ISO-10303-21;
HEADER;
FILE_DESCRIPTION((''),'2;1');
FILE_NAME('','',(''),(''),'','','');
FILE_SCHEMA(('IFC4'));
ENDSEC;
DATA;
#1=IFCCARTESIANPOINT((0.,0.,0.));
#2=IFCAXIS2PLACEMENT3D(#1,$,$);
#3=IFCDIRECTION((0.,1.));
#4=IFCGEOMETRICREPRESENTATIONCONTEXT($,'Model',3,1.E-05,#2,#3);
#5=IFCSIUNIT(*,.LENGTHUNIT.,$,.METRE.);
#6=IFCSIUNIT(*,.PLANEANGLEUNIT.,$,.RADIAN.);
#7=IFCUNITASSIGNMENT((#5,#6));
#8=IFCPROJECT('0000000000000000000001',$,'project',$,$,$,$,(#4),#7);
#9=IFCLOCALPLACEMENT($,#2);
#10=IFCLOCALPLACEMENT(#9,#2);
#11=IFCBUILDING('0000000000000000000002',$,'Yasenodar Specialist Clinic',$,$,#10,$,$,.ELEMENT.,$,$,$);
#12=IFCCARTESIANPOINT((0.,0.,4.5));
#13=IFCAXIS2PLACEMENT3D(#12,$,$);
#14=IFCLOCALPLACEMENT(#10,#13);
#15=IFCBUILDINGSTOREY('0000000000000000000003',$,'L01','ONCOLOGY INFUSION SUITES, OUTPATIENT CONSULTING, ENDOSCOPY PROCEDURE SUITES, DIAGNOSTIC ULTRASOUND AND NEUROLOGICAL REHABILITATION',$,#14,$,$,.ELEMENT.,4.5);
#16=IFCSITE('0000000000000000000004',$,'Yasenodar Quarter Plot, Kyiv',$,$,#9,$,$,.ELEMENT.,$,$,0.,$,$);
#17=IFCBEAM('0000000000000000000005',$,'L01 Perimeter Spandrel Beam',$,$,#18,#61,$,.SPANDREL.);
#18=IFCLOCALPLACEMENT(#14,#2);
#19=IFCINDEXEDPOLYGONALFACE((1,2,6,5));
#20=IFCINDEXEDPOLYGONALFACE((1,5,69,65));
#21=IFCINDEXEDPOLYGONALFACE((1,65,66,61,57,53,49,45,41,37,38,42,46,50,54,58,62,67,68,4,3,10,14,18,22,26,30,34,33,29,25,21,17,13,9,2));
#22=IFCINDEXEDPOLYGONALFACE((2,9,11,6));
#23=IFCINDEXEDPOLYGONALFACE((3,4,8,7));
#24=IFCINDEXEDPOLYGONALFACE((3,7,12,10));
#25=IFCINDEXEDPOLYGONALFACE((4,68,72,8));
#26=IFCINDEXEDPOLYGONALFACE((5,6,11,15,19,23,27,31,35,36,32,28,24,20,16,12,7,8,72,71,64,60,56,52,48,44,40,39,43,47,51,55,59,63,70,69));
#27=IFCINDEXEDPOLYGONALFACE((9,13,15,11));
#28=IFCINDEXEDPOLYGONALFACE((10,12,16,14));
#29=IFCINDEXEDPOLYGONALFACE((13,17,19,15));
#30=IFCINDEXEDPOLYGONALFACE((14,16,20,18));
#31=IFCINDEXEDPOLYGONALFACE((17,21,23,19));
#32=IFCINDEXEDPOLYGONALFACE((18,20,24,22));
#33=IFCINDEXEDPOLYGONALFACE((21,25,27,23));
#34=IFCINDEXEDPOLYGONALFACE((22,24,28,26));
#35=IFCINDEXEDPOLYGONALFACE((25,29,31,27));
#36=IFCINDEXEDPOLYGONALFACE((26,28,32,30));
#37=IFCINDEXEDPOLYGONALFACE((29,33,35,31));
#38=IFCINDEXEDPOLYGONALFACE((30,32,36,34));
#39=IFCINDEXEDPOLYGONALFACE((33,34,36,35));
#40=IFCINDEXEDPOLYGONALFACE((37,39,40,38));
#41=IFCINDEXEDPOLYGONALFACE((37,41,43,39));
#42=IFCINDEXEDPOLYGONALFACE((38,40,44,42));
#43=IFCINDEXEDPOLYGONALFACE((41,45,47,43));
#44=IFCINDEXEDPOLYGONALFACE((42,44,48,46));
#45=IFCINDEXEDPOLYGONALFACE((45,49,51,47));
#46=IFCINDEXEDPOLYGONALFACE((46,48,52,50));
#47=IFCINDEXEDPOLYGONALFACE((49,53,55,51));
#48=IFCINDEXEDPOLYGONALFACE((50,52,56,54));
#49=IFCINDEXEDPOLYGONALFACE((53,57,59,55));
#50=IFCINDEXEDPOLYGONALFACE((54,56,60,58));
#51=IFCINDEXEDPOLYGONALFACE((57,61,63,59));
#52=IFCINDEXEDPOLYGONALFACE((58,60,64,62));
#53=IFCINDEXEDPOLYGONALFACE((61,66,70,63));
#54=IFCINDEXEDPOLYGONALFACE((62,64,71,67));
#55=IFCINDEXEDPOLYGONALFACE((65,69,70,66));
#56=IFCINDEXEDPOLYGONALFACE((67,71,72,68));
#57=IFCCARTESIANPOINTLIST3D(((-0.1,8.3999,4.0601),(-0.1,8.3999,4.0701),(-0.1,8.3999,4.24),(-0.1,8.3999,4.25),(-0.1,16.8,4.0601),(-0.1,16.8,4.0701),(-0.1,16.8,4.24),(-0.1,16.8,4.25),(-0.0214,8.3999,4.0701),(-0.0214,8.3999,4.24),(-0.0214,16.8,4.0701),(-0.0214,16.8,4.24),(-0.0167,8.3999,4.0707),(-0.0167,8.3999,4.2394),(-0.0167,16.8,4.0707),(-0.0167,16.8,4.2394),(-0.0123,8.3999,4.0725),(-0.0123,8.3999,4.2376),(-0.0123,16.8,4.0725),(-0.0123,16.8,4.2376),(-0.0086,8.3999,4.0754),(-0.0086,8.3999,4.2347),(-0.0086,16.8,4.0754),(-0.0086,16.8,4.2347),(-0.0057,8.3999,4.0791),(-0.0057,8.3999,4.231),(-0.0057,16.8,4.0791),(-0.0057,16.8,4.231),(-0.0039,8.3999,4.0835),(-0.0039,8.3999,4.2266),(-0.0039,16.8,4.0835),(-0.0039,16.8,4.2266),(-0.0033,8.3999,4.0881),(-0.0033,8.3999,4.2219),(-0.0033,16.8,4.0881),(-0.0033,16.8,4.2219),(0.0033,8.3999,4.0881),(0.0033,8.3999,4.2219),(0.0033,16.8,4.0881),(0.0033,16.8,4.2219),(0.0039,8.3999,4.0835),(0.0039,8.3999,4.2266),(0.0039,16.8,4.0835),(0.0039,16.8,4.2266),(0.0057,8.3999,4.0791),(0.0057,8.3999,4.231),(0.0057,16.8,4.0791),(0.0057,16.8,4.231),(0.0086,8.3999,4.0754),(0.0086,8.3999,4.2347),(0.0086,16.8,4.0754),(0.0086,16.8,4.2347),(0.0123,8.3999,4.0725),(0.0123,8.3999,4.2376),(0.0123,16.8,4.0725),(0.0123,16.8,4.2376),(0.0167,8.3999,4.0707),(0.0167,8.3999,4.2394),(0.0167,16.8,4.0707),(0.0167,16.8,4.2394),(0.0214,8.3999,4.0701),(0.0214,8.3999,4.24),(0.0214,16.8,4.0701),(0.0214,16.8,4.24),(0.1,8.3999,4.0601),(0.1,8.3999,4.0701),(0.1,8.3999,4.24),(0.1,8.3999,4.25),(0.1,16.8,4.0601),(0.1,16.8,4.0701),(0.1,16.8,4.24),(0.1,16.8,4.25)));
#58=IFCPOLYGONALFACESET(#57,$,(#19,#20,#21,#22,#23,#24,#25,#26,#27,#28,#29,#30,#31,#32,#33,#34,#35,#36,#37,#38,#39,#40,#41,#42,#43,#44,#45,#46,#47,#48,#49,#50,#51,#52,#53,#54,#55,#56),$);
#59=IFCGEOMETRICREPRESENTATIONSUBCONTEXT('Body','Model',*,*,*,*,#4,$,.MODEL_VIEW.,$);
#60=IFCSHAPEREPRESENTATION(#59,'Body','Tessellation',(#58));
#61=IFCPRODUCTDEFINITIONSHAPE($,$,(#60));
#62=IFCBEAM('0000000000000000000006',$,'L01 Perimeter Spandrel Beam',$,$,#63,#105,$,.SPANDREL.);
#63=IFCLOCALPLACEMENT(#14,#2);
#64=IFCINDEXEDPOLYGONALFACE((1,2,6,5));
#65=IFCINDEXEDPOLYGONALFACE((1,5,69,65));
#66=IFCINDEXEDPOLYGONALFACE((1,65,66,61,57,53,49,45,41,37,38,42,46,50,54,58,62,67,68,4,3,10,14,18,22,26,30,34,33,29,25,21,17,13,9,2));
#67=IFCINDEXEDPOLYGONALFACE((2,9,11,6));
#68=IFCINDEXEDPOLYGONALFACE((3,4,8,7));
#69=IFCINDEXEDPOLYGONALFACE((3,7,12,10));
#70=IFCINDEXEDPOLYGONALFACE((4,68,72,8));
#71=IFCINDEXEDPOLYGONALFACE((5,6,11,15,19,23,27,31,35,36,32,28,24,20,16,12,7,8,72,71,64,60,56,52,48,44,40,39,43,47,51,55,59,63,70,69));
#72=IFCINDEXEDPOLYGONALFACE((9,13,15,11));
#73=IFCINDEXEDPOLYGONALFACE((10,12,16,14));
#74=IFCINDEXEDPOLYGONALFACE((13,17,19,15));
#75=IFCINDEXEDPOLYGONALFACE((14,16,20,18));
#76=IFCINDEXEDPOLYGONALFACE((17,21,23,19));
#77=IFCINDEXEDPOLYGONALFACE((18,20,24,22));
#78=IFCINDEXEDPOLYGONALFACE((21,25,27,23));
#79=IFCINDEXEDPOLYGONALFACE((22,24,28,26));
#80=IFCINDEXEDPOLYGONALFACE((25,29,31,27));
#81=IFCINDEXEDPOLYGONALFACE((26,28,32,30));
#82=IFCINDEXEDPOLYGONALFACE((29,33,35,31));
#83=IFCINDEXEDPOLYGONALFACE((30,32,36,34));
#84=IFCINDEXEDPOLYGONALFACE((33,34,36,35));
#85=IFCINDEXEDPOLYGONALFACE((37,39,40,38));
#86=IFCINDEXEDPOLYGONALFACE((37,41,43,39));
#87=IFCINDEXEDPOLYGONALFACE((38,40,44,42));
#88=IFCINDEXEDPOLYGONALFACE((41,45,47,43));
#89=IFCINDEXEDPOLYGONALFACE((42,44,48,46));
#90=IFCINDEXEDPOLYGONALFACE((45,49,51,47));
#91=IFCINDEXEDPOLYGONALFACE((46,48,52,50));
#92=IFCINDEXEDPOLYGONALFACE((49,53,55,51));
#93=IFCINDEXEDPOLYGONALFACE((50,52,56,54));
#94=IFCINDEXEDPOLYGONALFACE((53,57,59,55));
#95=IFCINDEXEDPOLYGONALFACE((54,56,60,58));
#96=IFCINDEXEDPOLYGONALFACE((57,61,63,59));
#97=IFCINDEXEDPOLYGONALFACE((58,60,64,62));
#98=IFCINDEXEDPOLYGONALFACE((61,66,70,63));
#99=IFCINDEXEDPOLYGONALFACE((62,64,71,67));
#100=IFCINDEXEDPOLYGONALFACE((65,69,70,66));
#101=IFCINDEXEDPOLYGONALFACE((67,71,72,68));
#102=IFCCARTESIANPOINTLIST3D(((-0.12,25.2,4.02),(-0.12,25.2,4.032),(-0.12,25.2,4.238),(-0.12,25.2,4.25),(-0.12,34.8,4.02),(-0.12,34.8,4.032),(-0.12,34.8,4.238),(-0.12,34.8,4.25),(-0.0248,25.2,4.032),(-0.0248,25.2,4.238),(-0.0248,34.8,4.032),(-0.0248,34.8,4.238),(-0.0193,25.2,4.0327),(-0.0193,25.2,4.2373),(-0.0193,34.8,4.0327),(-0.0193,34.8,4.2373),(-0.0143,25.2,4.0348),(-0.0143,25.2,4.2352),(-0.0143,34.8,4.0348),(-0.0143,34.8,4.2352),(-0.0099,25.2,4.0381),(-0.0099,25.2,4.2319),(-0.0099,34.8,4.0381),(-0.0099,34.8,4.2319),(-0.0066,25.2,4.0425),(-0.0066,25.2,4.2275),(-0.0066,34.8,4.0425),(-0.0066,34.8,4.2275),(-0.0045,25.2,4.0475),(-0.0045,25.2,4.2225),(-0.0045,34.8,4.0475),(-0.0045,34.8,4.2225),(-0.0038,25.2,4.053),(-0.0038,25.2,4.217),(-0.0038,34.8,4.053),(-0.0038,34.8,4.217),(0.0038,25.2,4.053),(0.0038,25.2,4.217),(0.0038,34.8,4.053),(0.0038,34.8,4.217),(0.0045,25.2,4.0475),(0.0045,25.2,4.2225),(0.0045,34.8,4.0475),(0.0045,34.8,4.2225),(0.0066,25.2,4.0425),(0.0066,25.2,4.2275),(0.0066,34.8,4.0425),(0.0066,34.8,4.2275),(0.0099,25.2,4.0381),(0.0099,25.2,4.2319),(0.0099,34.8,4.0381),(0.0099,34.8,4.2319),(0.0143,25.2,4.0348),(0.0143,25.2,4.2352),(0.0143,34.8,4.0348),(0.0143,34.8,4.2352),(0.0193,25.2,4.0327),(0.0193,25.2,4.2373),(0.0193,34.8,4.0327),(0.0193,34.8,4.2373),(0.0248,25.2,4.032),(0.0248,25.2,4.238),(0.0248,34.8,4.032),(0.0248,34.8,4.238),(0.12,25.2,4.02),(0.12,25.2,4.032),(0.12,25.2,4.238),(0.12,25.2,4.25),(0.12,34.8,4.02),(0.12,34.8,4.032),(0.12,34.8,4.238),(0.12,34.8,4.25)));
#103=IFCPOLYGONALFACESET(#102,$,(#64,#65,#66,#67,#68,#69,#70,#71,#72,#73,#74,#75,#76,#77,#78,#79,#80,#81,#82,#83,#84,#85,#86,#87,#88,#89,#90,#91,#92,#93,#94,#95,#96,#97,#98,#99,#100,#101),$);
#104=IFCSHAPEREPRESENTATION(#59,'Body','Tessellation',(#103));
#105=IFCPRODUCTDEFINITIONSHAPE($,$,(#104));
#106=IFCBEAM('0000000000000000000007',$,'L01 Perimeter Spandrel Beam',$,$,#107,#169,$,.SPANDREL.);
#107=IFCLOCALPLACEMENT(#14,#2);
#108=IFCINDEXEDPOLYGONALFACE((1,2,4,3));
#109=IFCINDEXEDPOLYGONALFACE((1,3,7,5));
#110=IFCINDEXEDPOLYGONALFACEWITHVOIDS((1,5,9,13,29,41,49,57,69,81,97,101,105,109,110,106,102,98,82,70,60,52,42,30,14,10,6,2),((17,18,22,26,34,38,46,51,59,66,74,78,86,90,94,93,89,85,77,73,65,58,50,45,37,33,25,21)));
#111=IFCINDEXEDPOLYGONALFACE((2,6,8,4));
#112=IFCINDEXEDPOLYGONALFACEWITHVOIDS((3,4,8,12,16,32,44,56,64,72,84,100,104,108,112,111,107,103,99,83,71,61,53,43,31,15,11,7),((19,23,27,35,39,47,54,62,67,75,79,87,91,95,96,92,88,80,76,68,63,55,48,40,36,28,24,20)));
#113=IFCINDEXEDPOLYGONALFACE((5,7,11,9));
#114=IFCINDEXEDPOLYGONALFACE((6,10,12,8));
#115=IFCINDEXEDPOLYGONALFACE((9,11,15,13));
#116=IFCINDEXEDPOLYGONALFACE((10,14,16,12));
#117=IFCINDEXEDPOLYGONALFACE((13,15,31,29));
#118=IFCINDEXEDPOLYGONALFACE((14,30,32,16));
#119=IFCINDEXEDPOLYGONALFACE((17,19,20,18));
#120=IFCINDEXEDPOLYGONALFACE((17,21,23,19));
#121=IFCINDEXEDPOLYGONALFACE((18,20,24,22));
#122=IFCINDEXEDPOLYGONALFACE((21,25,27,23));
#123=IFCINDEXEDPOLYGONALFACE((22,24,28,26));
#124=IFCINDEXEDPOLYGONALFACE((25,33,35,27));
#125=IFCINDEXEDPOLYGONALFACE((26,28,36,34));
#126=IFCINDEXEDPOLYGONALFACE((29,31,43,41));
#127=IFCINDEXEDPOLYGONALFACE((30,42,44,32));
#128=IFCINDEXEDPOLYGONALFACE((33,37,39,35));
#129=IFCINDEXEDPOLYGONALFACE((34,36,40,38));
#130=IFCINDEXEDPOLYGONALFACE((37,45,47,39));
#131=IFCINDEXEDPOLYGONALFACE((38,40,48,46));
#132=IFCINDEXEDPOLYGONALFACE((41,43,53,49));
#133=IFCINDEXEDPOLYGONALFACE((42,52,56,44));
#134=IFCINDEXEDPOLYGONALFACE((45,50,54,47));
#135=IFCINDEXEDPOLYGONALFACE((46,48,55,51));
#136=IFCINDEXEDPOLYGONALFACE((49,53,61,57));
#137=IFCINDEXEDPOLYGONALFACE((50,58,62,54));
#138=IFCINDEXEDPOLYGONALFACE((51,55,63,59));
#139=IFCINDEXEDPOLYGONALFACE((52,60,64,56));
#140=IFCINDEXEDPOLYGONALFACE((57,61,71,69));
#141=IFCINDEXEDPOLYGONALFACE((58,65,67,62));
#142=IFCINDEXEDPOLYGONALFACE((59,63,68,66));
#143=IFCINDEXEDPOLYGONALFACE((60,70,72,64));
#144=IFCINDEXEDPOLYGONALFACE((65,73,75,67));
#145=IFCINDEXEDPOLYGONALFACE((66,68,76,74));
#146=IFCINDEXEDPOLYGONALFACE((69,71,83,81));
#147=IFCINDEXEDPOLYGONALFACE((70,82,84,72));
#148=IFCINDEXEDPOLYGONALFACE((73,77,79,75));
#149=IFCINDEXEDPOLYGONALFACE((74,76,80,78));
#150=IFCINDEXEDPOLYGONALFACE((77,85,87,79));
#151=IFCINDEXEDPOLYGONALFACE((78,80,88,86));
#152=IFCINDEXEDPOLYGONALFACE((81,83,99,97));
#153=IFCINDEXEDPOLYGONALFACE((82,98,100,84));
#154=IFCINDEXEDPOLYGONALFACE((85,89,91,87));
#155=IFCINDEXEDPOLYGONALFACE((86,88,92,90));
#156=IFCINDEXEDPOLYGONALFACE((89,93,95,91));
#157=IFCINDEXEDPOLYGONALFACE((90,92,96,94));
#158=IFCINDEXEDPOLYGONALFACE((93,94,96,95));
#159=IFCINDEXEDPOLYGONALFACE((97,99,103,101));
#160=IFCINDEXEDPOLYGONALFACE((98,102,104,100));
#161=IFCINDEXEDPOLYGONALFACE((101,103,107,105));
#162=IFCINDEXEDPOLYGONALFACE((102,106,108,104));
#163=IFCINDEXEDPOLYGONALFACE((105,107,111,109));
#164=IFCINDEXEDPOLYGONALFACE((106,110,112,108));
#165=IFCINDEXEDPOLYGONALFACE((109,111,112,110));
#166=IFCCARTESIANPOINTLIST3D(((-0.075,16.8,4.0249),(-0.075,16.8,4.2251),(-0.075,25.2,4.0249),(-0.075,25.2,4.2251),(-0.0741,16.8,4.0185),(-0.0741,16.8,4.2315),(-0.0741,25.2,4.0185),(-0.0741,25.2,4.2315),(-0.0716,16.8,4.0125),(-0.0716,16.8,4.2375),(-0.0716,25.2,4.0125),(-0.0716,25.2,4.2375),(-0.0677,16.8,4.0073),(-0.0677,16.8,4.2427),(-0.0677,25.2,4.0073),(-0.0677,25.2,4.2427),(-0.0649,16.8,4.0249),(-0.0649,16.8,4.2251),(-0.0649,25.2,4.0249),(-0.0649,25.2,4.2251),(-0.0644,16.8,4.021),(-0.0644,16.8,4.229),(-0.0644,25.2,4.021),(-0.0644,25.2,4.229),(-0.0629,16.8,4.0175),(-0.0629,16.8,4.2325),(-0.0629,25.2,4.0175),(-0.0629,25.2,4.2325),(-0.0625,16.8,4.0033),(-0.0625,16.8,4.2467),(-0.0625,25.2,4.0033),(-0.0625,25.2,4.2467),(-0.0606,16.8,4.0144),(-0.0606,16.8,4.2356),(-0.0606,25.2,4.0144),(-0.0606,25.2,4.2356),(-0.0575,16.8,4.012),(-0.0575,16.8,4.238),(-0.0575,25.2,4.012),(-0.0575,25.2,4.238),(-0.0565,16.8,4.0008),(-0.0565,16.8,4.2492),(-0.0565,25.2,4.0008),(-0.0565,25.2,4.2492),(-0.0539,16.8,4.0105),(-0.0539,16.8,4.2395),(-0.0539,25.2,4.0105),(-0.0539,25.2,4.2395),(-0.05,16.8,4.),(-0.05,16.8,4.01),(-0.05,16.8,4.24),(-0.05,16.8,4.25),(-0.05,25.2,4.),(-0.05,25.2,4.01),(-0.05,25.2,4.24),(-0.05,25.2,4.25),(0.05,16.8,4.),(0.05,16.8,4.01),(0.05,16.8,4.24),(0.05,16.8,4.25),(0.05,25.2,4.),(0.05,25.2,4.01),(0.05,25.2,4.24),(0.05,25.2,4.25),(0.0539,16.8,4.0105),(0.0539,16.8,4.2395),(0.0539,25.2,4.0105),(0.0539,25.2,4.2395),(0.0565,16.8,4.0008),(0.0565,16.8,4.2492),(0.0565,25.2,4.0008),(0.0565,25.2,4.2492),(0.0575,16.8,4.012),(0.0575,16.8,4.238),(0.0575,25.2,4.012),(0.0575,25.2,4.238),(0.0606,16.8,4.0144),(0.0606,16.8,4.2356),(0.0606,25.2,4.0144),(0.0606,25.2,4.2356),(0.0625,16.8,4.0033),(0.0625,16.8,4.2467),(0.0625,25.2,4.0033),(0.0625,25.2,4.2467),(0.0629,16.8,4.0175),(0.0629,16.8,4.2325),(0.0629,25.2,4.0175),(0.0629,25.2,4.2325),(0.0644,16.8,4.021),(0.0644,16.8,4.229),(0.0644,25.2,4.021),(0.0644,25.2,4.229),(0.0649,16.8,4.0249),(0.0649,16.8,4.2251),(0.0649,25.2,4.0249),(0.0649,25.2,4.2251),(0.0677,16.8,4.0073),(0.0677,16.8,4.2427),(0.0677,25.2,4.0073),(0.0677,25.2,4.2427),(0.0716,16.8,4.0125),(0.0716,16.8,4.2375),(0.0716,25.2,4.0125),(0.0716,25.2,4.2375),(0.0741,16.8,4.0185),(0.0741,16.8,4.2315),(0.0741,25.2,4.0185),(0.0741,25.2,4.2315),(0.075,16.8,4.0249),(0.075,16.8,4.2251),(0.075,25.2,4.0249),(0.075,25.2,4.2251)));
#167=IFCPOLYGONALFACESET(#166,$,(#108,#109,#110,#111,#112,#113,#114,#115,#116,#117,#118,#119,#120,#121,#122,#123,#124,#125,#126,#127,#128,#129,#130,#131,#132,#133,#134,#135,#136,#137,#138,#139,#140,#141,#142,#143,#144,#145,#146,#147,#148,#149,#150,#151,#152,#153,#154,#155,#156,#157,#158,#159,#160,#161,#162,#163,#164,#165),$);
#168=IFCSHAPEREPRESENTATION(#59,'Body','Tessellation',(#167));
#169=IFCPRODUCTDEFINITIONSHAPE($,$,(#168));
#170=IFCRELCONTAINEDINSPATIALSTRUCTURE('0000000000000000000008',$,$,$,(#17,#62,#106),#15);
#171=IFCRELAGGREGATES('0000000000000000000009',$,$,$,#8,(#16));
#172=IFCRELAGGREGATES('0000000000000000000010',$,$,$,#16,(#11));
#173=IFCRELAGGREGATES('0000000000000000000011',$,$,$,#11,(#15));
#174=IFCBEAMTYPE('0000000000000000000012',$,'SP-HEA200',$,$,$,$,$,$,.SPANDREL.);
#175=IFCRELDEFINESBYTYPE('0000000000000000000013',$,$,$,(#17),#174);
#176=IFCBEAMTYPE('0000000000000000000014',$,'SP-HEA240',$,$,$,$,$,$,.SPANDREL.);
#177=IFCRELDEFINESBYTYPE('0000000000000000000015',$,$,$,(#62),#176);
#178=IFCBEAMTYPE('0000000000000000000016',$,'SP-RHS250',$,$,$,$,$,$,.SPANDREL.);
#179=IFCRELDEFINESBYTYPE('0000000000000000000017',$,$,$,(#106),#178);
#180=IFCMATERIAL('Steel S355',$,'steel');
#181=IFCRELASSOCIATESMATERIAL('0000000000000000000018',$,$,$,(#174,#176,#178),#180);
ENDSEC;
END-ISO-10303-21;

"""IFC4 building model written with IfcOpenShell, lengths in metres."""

from ifc_helpers import new_model, si_unit, direction, frame, origin, origin_2d, place, context, subcontext, project, spatial, hollow_rectangle, i_section, extrude, material, material_profile, profile_set, type_object, element, save


model = new_model("IFC4")

# Units and contexts
model_context = context("Model", 3, precision=1e-05, world=origin(), true_north=direction((0.0, 1.0)))
body_context = subcontext(model_context, "Body", "Model", "MODEL_VIEW")
ifc_project = project(units=[si_unit("LENGTHUNIT", "METRE"), si_unit("PLANEANGLEUNIT", "RADIAN")], contexts=[model_context])

# Site, building, storey
site_placement = place(None, origin())
site = spatial("IfcSite", under=ifc_project, at=site_placement, Name="Yasenodar Quarter Plot, Kyiv", CompositionType="ELEMENT", RefElevation=0.0)
building_placement = place(site_placement, origin())
building = spatial("IfcBuilding", under=site, at=building_placement, Name="Yasenodar Specialist Clinic", CompositionType="ELEMENT")
storey_placement = place(building_placement, frame((0.0, 0.0, 4.5)))
storey = spatial("IfcBuildingStorey", under=building, at=storey_placement, Name="L01", Description="ONCOLOGY INFUSION SUITES, OUTPATIENT CONSULTING, ENDOSCOPY PROCEDURE SUITES, DIAGNOSTIC ULTRASOUND AND NEUROLOGICAL REHABILITATION", CompositionType="ELEMENT", Elevation=4.5)

# Shared definitions
ifc_material_1 = material(Name="Steel S355", Category="steel")

# Beams
ifc_material_profile_1 = material_profile(ifc_material_1, i_section(OverallWidth=0.2, OverallDepth=0.1899, WebThickness=0.0066, FlangeThickness=0.01, FilletRadius=0.0181, at=origin_2d()), Name="HEA 200")
ifc_profile_set_1 = profile_set([ifc_material_profile_1], Name="Steel S355")
beam_type_1 = type_object("IfcBeamType", Name="SP-HEA200", PredefinedType="SPANDREL", material=ifc_profile_set_1)
beam_1_placement = place(storey_placement, frame((0.0, 8.3999, 4.155), z_axis=(0.0, 1.0, 0.0), x_axis=(-1.0, 0.0, 0.0)))
element("IfcBeam", 1, at=beam_1_placement, inside=storey, type_object=beam_type_1, Name="L01 Perimeter Spandrel Beam", PredefinedType="SPANDREL", context=body_context, shape_type="SweptSolid", body=[
    extrude(i_section(OverallWidth=0.2, OverallDepth=0.1899, WebThickness=0.0066, FlangeThickness=0.01, FilletRadius=0.0181, at=origin_2d()), origin(), (0.0, 0.0, 1.0), 8.4001),
])
ifc_material_profile_2 = material_profile(ifc_material_1, i_section(OverallWidth=0.24, OverallDepth=0.23, WebThickness=0.0076, FlangeThickness=0.012, FilletRadius=0.021, at=origin_2d()), Name="HEA 240")
ifc_profile_set_2 = profile_set([ifc_material_profile_2], Name="Steel S355")
beam_type_2 = type_object("IfcBeamType", Name="SP-HEA240", PredefinedType="SPANDREL", material=ifc_profile_set_2)
beam_2_placement = place(storey_placement, frame((0.0, 25.2, 4.135), z_axis=(0.0, 1.0, 0.0), x_axis=(-1.0, 0.0, 0.0)))
element("IfcBeam", 2, at=beam_2_placement, inside=storey, type_object=beam_type_2, Name="L01 Perimeter Spandrel Beam", PredefinedType="SPANDREL", context=body_context, shape_type="SweptSolid", body=[
    extrude(i_section(OverallWidth=0.24, OverallDepth=0.23, WebThickness=0.0076, FlangeThickness=0.012, FilletRadius=0.021, at=origin_2d()), origin(), (0.0, 0.0, 1.0), 9.6001),
])
ifc_material_profile_3 = material_profile(ifc_material_1, hollow_rectangle(XDim=0.1499, YDim=0.25, WallThickness=0.01, InnerFilletRadius=0.0149, OuterFilletRadius=0.0249, at=origin_2d()), Name="RHS 250x150x10")
ifc_profile_set_3 = profile_set([ifc_material_profile_3], Name="Steel S355")
beam_type_3 = type_object("IfcBeamType", Name="SP-RHS250", PredefinedType="SPANDREL", material=ifc_profile_set_3)
beam_3_placement = place(storey_placement, frame((0.0, 16.8, 4.125), z_axis=(0.0, 1.0, 0.0), x_axis=(-1.0, 0.0, 0.0)))
element("IfcBeam", 3, at=beam_3_placement, inside=storey, type_object=beam_type_3, Name="L01 Perimeter Spandrel Beam", PredefinedType="SPANDREL", context=body_context, shape_type="SweptSolid", body=[
    extrude(hollow_rectangle(XDim=0.1499, YDim=0.25, WallThickness=0.01, InnerFilletRadius=0.0149, OuterFilletRadius=0.0249, at=origin_2d()), origin(), (0.0, 0.0, 1.0), 8.3999),
])

save(model, "model.ifc")
